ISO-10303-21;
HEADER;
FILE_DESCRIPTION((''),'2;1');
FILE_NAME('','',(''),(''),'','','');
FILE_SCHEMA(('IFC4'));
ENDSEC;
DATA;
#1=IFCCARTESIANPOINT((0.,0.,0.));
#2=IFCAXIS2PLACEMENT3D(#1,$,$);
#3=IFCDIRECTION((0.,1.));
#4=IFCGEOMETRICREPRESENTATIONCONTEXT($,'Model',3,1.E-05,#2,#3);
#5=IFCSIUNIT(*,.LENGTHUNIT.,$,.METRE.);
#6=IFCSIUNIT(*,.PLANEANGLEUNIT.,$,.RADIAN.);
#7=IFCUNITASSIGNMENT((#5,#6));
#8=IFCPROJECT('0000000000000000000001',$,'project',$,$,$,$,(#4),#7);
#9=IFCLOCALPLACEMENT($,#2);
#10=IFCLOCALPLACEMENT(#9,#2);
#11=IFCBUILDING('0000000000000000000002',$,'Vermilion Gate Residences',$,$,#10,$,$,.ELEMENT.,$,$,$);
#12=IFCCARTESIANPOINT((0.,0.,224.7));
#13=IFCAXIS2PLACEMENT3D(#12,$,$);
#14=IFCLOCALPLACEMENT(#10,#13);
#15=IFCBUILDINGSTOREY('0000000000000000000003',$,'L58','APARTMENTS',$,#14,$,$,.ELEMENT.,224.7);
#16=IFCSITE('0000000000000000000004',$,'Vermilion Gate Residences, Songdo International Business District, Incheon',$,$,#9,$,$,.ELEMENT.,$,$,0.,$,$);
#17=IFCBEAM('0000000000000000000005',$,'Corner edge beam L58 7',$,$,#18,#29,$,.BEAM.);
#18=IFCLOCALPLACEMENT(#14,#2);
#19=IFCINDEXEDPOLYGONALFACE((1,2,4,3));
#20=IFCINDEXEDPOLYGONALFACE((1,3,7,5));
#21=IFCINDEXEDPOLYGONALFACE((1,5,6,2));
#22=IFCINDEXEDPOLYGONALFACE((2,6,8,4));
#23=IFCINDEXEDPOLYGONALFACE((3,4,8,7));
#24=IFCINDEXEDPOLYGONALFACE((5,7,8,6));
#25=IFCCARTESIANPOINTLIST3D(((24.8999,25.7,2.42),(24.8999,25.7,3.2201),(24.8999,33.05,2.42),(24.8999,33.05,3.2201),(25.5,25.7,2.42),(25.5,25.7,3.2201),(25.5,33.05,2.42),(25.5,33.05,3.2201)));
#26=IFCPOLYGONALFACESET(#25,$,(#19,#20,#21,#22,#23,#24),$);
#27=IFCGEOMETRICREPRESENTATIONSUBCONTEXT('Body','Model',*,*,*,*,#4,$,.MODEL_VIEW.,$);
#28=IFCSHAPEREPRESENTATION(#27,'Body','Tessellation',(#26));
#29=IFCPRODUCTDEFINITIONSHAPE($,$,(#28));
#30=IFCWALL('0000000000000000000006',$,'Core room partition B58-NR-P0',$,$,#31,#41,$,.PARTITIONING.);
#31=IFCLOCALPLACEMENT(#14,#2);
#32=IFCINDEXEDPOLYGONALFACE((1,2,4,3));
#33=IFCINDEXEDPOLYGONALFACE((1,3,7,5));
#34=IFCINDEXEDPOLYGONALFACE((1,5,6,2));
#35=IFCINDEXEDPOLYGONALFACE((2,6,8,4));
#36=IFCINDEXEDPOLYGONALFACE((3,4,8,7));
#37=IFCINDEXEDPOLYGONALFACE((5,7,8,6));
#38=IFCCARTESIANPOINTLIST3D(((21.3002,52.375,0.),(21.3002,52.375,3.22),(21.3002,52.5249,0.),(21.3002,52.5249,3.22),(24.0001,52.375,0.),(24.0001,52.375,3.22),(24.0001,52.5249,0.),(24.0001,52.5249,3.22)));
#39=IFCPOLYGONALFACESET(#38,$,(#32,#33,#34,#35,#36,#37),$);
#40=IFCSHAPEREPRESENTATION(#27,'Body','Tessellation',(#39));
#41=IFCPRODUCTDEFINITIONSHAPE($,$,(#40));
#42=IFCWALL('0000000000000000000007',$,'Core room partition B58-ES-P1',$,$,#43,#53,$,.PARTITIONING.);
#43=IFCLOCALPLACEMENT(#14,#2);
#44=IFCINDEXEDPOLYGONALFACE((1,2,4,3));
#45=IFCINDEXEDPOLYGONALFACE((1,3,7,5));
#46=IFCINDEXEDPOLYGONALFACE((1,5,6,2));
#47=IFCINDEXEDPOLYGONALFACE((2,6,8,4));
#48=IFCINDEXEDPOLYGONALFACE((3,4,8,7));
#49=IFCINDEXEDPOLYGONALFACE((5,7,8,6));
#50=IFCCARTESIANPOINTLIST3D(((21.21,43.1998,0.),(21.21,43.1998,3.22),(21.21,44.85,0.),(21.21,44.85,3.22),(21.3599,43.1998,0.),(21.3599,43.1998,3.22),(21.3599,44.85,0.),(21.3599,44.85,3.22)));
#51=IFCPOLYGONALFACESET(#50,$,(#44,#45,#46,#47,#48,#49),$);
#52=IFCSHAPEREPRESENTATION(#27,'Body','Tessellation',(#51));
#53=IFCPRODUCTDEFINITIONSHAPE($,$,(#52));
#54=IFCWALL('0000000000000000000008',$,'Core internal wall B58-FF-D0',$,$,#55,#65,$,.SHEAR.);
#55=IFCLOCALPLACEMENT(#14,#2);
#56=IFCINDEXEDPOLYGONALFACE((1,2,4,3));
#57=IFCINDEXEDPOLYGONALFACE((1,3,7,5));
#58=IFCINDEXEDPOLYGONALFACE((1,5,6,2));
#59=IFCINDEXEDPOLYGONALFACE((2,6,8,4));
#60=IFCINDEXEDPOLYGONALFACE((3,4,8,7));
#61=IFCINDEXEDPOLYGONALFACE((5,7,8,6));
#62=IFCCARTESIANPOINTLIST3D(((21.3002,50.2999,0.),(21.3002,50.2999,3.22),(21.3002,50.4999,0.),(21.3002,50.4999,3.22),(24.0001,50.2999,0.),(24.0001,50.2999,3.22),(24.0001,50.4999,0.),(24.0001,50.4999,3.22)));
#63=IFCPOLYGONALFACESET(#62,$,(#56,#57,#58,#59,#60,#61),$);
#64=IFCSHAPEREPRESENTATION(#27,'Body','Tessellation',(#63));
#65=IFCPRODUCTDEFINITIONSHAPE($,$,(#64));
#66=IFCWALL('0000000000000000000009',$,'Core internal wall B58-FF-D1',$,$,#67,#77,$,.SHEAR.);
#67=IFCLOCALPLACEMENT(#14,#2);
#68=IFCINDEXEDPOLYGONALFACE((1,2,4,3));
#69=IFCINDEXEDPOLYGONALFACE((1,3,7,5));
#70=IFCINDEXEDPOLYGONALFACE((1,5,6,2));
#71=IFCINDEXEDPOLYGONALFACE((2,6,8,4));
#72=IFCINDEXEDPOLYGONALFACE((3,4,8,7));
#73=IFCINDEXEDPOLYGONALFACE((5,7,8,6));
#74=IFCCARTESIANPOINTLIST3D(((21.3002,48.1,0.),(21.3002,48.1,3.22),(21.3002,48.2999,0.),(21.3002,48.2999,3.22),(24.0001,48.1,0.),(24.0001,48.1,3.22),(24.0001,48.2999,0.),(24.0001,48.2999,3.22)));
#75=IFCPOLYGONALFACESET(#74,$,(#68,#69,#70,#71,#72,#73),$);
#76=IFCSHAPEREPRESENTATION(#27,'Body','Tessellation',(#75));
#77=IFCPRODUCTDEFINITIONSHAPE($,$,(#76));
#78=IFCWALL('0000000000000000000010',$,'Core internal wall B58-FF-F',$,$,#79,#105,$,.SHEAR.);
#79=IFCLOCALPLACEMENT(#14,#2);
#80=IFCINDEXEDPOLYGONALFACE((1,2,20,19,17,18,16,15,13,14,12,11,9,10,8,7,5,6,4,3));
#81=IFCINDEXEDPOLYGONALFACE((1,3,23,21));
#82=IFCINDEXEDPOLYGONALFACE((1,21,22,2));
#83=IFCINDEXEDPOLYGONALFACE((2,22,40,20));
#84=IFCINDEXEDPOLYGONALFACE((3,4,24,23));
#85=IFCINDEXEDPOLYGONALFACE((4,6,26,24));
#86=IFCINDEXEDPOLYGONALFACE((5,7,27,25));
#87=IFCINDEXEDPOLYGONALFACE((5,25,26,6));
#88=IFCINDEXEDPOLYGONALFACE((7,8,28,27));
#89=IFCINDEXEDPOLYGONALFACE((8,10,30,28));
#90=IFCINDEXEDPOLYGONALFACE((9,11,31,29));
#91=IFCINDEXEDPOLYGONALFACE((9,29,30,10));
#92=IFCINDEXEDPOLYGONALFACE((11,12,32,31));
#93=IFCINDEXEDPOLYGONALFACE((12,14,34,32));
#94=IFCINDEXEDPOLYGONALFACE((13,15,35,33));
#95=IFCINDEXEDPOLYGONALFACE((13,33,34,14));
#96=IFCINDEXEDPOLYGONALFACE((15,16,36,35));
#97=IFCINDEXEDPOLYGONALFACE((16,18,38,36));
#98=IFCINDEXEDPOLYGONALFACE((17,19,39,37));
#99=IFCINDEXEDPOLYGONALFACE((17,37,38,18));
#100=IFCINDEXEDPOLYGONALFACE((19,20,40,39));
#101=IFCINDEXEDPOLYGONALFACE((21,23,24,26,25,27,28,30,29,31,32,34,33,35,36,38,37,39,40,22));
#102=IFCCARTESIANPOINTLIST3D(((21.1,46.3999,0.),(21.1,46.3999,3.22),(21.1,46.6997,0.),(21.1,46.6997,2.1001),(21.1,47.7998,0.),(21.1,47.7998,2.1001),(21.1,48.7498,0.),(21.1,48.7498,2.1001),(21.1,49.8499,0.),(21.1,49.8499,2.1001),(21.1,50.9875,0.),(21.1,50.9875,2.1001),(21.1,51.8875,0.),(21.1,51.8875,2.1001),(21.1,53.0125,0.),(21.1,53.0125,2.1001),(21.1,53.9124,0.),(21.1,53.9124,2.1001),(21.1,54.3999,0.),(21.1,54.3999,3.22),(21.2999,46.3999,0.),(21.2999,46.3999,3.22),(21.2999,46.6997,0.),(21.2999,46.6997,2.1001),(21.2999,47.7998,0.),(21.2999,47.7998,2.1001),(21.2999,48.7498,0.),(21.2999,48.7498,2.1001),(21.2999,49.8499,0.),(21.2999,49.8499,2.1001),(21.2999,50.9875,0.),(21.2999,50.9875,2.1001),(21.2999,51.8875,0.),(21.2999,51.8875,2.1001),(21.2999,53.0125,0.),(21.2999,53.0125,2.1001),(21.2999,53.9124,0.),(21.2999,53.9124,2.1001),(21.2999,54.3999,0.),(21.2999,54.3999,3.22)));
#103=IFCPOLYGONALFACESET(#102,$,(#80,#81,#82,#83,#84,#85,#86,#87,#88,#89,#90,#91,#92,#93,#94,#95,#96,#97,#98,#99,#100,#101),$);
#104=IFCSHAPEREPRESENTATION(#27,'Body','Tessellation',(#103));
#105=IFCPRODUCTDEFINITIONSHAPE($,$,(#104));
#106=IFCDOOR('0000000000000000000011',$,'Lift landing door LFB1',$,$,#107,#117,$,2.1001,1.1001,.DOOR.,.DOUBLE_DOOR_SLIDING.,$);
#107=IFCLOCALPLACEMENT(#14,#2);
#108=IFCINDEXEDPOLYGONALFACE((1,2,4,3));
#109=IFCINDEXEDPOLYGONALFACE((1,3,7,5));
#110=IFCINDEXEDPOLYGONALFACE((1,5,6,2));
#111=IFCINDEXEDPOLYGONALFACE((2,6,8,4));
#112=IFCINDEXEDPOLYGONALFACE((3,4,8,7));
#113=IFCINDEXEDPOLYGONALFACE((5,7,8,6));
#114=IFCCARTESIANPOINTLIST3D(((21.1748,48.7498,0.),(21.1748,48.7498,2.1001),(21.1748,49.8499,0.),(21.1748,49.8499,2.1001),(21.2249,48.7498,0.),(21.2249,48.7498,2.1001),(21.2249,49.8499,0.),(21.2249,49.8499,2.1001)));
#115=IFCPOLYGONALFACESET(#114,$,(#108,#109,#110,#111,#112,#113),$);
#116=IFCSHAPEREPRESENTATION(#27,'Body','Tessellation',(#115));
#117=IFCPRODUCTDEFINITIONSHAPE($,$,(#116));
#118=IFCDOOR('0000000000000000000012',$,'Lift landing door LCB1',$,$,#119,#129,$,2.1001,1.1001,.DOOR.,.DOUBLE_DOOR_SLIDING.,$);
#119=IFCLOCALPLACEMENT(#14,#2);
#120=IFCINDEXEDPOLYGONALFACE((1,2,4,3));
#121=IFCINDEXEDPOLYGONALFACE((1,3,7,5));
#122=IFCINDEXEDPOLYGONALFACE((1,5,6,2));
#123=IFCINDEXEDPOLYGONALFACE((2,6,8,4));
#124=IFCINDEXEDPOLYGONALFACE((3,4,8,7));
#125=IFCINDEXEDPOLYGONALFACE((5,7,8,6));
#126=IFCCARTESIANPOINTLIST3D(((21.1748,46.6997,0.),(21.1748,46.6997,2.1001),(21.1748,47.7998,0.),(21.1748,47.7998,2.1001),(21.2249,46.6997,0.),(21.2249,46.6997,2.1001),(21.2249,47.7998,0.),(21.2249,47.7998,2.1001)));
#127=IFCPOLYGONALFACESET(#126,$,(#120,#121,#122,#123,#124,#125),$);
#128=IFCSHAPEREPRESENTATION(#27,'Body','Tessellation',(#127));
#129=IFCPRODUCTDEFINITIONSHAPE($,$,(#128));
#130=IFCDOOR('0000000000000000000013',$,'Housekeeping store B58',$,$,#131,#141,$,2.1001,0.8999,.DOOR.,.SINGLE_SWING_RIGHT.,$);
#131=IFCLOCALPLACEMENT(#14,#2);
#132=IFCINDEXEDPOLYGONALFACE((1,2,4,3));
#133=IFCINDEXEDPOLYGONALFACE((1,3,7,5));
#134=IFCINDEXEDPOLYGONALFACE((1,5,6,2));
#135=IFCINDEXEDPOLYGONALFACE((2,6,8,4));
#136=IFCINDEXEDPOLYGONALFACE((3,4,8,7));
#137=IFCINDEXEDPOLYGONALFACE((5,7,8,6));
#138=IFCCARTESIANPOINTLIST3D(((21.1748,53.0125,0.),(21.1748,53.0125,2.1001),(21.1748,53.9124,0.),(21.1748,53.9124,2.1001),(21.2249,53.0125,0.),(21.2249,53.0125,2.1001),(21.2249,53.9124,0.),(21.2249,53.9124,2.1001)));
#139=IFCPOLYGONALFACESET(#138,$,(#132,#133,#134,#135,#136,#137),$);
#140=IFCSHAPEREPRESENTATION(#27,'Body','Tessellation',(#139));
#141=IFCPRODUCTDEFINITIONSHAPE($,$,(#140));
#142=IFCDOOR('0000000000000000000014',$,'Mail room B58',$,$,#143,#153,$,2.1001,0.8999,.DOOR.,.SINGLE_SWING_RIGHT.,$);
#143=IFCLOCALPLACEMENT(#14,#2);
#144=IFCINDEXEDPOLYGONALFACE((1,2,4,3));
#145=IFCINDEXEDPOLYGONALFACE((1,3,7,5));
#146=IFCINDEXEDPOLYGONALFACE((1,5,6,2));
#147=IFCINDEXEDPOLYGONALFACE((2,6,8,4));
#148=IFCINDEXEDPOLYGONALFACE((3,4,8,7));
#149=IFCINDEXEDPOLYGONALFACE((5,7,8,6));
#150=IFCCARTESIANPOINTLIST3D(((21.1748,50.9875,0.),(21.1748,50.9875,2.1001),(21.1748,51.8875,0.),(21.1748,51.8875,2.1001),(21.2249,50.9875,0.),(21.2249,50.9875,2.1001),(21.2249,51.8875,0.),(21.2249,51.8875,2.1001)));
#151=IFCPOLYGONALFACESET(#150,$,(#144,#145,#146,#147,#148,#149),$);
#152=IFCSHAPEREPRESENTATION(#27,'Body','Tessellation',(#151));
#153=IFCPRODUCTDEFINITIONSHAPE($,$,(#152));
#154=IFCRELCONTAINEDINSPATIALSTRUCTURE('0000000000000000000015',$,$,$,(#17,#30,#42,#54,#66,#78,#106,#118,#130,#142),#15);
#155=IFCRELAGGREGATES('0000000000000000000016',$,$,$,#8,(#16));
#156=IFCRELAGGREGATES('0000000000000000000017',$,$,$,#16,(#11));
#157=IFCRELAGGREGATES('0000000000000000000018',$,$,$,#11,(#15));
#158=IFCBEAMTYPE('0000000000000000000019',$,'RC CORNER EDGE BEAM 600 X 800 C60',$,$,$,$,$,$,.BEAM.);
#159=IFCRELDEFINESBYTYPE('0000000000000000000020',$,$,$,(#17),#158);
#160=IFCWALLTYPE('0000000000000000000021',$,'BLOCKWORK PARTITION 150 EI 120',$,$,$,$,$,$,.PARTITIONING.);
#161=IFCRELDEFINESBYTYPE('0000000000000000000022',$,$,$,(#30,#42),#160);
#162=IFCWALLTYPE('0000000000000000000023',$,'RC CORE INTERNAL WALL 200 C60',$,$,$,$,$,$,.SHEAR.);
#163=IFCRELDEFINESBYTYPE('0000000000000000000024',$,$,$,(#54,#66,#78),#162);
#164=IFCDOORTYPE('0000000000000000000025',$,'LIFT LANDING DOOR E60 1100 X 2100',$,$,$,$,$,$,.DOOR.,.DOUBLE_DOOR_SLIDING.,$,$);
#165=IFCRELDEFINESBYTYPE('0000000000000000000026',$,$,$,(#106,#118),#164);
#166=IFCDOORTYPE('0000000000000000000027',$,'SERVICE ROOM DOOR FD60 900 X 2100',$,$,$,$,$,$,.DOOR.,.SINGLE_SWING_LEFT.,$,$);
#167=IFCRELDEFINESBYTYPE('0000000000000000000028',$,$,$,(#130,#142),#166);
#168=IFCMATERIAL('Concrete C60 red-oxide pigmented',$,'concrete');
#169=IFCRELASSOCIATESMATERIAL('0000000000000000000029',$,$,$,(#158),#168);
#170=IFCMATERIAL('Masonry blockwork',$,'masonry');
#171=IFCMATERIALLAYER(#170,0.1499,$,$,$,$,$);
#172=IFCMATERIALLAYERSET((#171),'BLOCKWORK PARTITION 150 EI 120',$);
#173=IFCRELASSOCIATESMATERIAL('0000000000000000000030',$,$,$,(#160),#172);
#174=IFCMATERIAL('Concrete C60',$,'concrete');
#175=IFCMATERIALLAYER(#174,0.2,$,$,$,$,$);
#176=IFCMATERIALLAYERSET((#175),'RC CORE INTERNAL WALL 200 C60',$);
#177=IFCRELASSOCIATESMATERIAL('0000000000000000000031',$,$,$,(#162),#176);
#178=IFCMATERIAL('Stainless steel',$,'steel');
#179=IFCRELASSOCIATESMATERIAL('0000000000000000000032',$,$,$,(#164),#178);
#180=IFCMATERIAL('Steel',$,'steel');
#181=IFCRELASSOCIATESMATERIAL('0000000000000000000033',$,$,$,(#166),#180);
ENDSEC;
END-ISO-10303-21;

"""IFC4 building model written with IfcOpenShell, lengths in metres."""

from ifc_helpers import new_model, si_unit, direction, frame, frame_2d, origin, origin_2d, place, context, subcontext, project, spatial, rectangle, extrude, material, layer, layer_set, material_profile, profile_set, type_object, element, fill, save


model = new_model("IFC4")

# Units and contexts
model_context = context("Model", 3, precision=1e-05, world=origin(), true_north=direction((0.0, 1.0)))
body_context = subcontext(model_context, "Body", "Model", "MODEL_VIEW")
ifc_project = project(units=[si_unit("LENGTHUNIT", "METRE"), si_unit("PLANEANGLEUNIT", "RADIAN")], contexts=[model_context])

# Site, building, storey
site_placement = place(None, origin())
site = spatial("IfcSite", under=ifc_project, at=site_placement, Name="Vermilion Gate Residences, Songdo International Business District, Incheon", CompositionType="ELEMENT", RefElevation=0.0)
building_placement = place(site_placement, origin())
building = spatial("IfcBuilding", under=site, at=building_placement, Name="Vermilion Gate Residences", CompositionType="ELEMENT")
storey_placement = place(building_placement, frame((0.0, 0.0, 224.7)))
storey = spatial("IfcBuildingStorey", under=building, at=storey_placement, Name="L58", Description="APARTMENTS", CompositionType="ELEMENT", Elevation=224.7)

# Beam
ifc_material_1 = material(Name="Concrete C60 red-oxide pigmented", Category="concrete")
ifc_material_profile = material_profile(ifc_material_1, rectangle(XDim=0.6001, YDim=0.8, at=origin_2d()), Name="RC-600x800")
ifc_profile_set = profile_set([ifc_material_profile], Name="Concrete C60 red-oxide pigmented")
beam_type = type_object("IfcBeamType", Name="RC CORNER EDGE BEAM 600 X 800 C60", PredefinedType="BEAM", material=ifc_profile_set)
beam_placement = place(storey_placement, frame((25.2, 25.7, 2.8201), z_axis=(0.0, 1.0, 0.0), x_axis=(-1.0, 0.0, 0.0)))
element("IfcBeam", 1, at=beam_placement, inside=storey, type_object=beam_type, Name="Corner edge beam L58 7", PredefinedType="BEAM", context=body_context, shape_type="SweptSolid", body=[
    extrude(rectangle(XDim=0.6001, YDim=0.8, at=origin_2d()), origin(), (0.0, 0.0, 1.0), 7.3501),
])

# Walls
ifc_material_2 = material(Name="Masonry blockwork", Category="masonry")
ifc_layer_1 = layer(ifc_material_2, 0.1499)
ifc_layer_set_1 = layer_set([ifc_layer_1], Name="BLOCKWORK PARTITION 150 EI 120")
wall_type_1 = type_object("IfcWallType", Name="BLOCKWORK PARTITION 150 EI 120", PredefinedType="PARTITIONING", material=ifc_layer_set_1)
wall_1_placement = place(storey_placement, frame((21.3, 52.45, 0.0), z_axis=(0.0, 0.0, 1.0), x_axis=(1.0, 0.0, 0.0)))
element("IfcWall", 2, at=wall_1_placement, inside=storey, type_object=wall_type_1, Name="Core room partition B58-NR-P0", PredefinedType="PARTITIONING", context=body_context, shape_type="SweptSolid", body=[
    extrude(rectangle(XDim=2.7, YDim=0.1499, at=frame_2d((1.3501, 0.0))), origin(), (0.0, 0.0, 1.0), 3.22),
])
wall_2_placement = place(storey_placement, frame((21.2849, 44.8501, 0.0), z_axis=(0.0, 0.0, 1.0), x_axis=(0.0, -1.0, 0.0)))
element("IfcWall", 3, at=wall_2_placement, inside=storey, type_object=wall_type_1, Name="Core room partition B58-ES-P1", PredefinedType="PARTITIONING", context=body_context, shape_type="SweptSolid", body=[
    extrude(rectangle(XDim=1.6501, YDim=0.1499, at=frame_2d((0.8252, 0.0))), origin(), (0.0, 0.0, 1.0), 3.22),
])
ifc_material_3 = material(Name="Concrete C60", Category="concrete")
ifc_layer_2 = layer(ifc_material_3, 0.2)
ifc_layer_set_2 = layer_set([ifc_layer_2], Name="RC CORE INTERNAL WALL 200 C60")
wall_type_2 = type_object("IfcWallType", Name="RC CORE INTERNAL WALL 200 C60", PredefinedType="SHEAR", material=ifc_layer_set_2)
for number, where, z_axis, x_axis, name in (
    (4, (21.3, 50.3999, 0.0), (0.0, 0.0, 1.0), (1.0, 0.0, 0.0), "Core internal wall B58-FF-D0"),
    (5, (21.3, 48.2, 0.0), (0.0, 0.0, 1.0), (1.0, 0.0, 0.0), "Core internal wall B58-FF-D1"),
):
    element("IfcWall", number, at=place(storey_placement, frame(where, z_axis=z_axis, x_axis=x_axis)), inside=storey, type_object=wall_type_2, Name=name, PredefinedType="SHEAR", context=body_context, shape_type="SweptSolid", body=[
        extrude(rectangle(XDim=2.7, YDim=0.2, at=frame_2d((1.3501, 0.0))), origin(), (0.0, 0.0, 1.0), 3.22),
    ])

# Wall, openings, doors
wall_3_placement = place(storey_placement, frame((21.2, 54.3999, 0.0), z_axis=(0.0, 0.0, 1.0), x_axis=(0.0, -1.0, 0.0)))
wall_3 = element("IfcWall", 6, at=wall_3_placement, inside=storey, type_object=wall_type_2, Name="Core internal wall B58-FF-F", PredefinedType="SHEAR", context=body_context, shape_type="SweptSolid", body=[
    extrude(rectangle(XDim=8.0, YDim=0.2, at=frame_2d((4.0, 0.0))), origin(), (0.0, 0.0, 1.0), 3.22),
])
opening_1_placement = place(wall_3_placement, frame((0.4875, 0.0, 0.0)))
opening_1 = element("IfcOpeningElement", 7, at=opening_1_placement, cuts=wall_3, PredefinedType="OPENING", context=body_context, shape_type="SweptSolid", body=[
    extrude(rectangle(XDim=0.8999, YDim=2.1001, at=frame_2d((0.45, 1.05))), frame((0.0, 0.1099, 0.0), z_axis=(0.0, -1.0, 0.0), x_axis=(1.0, 0.0, 0.0)), (0.0, 0.0, 1.0), 0.22),
])
opening_2_placement = place(wall_3_placement, frame((2.5125, 0.0, 0.0)))
opening_2 = element("IfcOpeningElement", 8, at=opening_2_placement, cuts=wall_3, PredefinedType="OPENING", context=body_context, shape_type="SweptSolid", body=[
    extrude(rectangle(XDim=0.8999, YDim=2.1001, at=frame_2d((0.45, 1.05))), frame((0.0, 0.1099, 0.0), z_axis=(0.0, -1.0, 0.0), x_axis=(1.0, 0.0, 0.0)), (0.0, 0.0, 1.0), 0.22),
])
opening_3_placement = place(wall_3_placement, frame((4.55, 0.0, 0.0)))
opening_3 = element("IfcOpeningElement", 9, at=opening_3_placement, cuts=wall_3, PredefinedType="OPENING", context=body_context, shape_type="SweptSolid", body=[
    extrude(rectangle(XDim=1.1001, YDim=2.1001, at=frame_2d((0.55, 1.05))), frame((0.0, 0.1099, 0.0), z_axis=(0.0, -1.0, 0.0), x_axis=(1.0, 0.0, 0.0)), (0.0, 0.0, 1.0), 0.22),
])
opening_4_placement = place(wall_3_placement, frame((6.6001, 0.0, 0.0)))
opening_4 = element("IfcOpeningElement", 10, at=opening_4_placement, cuts=wall_3, PredefinedType="OPENING", context=body_context, shape_type="SweptSolid", body=[
    extrude(rectangle(XDim=1.1001, YDim=2.1001, at=frame_2d((0.55, 1.05))), frame((0.0, 0.1099, 0.0), z_axis=(0.0, -1.0, 0.0), x_axis=(1.0, 0.0, 0.0)), (0.0, 0.0, 1.0), 0.22),
])
ifc_material_4 = material(Name="Stainless steel", Category="steel")
door_type_1 = type_object("IfcDoorType", Name="LIFT LANDING DOOR E60 1100 X 2100", OperationType="DOUBLE_DOOR_SLIDING", PredefinedType="DOOR", material=ifc_material_4)
door_1_placement = place(opening_3_placement, origin())
door_1 = element("IfcDoor", 11, at=door_1_placement, inside=storey, type_object=door_type_1, Name="Lift landing door LFB1", OperationType="DOUBLE_DOOR_SLIDING", OverallHeight=2.1001, OverallWidth=1.1001, PredefinedType="DOOR", context=body_context, shape_type="SweptSolid", body=[
    extrude(rectangle(XDim=1.1001, YDim=2.1001, at=frame_2d((0.55, 1.05))), frame((0.0, 0.0249, 0.0), z_axis=(0.0, -1.0, 0.0), x_axis=(1.0, 0.0, 0.0)), (0.0, 0.0, 1.0), 0.05),
])
fill(opening_3, door_1)
door_2_placement = place(opening_4_placement, origin())
door_2 = element("IfcDoor", 12, at=door_2_placement, inside=storey, type_object=door_type_1, Name="Lift landing door LCB1", OperationType="DOUBLE_DOOR_SLIDING", OverallHeight=2.1001, OverallWidth=1.1001, PredefinedType="DOOR", context=body_context, shape_type="SweptSolid", body=[
    extrude(rectangle(XDim=1.1001, YDim=2.1001, at=frame_2d((0.55, 1.05))), frame((0.0, 0.0249, 0.0), z_axis=(0.0, -1.0, 0.0), x_axis=(1.0, 0.0, 0.0)), (0.0, 0.0, 1.0), 0.05),
])
fill(opening_4, door_2)
ifc_material_5 = material(Name="Steel", Category="steel")
door_type_2 = type_object("IfcDoorType", Name="SERVICE ROOM DOOR FD60 900 X 2100", OperationType="SINGLE_SWING_LEFT", PredefinedType="DOOR", material=ifc_material_5)
door_3_placement = place(opening_1_placement, origin())
door_3 = element("IfcDoor", 13, at=door_3_placement, inside=storey, type_object=door_type_2, Name="Housekeeping store B58", OperationType="SINGLE_SWING_RIGHT", OverallHeight=2.1001, OverallWidth=0.8999, PredefinedType="DOOR", context=body_context, shape_type="SweptSolid", body=[
    extrude(rectangle(XDim=0.8999, YDim=2.1001, at=frame_2d((0.45, 1.05))), frame((0.0, 0.0249, 0.0), z_axis=(0.0, -1.0, 0.0), x_axis=(1.0, 0.0, 0.0)), (0.0, 0.0, 1.0), 0.05),
])
fill(opening_1, door_3)
door_4_placement = place(opening_2_placement, origin())
door_4 = element("IfcDoor", 14, at=door_4_placement, inside=storey, type_object=door_type_2, Name="Mail room B58", OperationType="SINGLE_SWING_RIGHT", OverallHeight=2.1001, OverallWidth=0.8999, PredefinedType="DOOR", context=body_context, shape_type="SweptSolid", body=[
    extrude(rectangle(XDim=0.8999, YDim=2.1001, at=frame_2d((0.45, 1.05))), frame((0.0, 0.0249, 0.0), z_axis=(0.0, -1.0, 0.0), x_axis=(1.0, 0.0, 0.0)), (0.0, 0.0, 1.0), 0.05),
])
fill(opening_2, door_4)

save(model, "model.ifc")
